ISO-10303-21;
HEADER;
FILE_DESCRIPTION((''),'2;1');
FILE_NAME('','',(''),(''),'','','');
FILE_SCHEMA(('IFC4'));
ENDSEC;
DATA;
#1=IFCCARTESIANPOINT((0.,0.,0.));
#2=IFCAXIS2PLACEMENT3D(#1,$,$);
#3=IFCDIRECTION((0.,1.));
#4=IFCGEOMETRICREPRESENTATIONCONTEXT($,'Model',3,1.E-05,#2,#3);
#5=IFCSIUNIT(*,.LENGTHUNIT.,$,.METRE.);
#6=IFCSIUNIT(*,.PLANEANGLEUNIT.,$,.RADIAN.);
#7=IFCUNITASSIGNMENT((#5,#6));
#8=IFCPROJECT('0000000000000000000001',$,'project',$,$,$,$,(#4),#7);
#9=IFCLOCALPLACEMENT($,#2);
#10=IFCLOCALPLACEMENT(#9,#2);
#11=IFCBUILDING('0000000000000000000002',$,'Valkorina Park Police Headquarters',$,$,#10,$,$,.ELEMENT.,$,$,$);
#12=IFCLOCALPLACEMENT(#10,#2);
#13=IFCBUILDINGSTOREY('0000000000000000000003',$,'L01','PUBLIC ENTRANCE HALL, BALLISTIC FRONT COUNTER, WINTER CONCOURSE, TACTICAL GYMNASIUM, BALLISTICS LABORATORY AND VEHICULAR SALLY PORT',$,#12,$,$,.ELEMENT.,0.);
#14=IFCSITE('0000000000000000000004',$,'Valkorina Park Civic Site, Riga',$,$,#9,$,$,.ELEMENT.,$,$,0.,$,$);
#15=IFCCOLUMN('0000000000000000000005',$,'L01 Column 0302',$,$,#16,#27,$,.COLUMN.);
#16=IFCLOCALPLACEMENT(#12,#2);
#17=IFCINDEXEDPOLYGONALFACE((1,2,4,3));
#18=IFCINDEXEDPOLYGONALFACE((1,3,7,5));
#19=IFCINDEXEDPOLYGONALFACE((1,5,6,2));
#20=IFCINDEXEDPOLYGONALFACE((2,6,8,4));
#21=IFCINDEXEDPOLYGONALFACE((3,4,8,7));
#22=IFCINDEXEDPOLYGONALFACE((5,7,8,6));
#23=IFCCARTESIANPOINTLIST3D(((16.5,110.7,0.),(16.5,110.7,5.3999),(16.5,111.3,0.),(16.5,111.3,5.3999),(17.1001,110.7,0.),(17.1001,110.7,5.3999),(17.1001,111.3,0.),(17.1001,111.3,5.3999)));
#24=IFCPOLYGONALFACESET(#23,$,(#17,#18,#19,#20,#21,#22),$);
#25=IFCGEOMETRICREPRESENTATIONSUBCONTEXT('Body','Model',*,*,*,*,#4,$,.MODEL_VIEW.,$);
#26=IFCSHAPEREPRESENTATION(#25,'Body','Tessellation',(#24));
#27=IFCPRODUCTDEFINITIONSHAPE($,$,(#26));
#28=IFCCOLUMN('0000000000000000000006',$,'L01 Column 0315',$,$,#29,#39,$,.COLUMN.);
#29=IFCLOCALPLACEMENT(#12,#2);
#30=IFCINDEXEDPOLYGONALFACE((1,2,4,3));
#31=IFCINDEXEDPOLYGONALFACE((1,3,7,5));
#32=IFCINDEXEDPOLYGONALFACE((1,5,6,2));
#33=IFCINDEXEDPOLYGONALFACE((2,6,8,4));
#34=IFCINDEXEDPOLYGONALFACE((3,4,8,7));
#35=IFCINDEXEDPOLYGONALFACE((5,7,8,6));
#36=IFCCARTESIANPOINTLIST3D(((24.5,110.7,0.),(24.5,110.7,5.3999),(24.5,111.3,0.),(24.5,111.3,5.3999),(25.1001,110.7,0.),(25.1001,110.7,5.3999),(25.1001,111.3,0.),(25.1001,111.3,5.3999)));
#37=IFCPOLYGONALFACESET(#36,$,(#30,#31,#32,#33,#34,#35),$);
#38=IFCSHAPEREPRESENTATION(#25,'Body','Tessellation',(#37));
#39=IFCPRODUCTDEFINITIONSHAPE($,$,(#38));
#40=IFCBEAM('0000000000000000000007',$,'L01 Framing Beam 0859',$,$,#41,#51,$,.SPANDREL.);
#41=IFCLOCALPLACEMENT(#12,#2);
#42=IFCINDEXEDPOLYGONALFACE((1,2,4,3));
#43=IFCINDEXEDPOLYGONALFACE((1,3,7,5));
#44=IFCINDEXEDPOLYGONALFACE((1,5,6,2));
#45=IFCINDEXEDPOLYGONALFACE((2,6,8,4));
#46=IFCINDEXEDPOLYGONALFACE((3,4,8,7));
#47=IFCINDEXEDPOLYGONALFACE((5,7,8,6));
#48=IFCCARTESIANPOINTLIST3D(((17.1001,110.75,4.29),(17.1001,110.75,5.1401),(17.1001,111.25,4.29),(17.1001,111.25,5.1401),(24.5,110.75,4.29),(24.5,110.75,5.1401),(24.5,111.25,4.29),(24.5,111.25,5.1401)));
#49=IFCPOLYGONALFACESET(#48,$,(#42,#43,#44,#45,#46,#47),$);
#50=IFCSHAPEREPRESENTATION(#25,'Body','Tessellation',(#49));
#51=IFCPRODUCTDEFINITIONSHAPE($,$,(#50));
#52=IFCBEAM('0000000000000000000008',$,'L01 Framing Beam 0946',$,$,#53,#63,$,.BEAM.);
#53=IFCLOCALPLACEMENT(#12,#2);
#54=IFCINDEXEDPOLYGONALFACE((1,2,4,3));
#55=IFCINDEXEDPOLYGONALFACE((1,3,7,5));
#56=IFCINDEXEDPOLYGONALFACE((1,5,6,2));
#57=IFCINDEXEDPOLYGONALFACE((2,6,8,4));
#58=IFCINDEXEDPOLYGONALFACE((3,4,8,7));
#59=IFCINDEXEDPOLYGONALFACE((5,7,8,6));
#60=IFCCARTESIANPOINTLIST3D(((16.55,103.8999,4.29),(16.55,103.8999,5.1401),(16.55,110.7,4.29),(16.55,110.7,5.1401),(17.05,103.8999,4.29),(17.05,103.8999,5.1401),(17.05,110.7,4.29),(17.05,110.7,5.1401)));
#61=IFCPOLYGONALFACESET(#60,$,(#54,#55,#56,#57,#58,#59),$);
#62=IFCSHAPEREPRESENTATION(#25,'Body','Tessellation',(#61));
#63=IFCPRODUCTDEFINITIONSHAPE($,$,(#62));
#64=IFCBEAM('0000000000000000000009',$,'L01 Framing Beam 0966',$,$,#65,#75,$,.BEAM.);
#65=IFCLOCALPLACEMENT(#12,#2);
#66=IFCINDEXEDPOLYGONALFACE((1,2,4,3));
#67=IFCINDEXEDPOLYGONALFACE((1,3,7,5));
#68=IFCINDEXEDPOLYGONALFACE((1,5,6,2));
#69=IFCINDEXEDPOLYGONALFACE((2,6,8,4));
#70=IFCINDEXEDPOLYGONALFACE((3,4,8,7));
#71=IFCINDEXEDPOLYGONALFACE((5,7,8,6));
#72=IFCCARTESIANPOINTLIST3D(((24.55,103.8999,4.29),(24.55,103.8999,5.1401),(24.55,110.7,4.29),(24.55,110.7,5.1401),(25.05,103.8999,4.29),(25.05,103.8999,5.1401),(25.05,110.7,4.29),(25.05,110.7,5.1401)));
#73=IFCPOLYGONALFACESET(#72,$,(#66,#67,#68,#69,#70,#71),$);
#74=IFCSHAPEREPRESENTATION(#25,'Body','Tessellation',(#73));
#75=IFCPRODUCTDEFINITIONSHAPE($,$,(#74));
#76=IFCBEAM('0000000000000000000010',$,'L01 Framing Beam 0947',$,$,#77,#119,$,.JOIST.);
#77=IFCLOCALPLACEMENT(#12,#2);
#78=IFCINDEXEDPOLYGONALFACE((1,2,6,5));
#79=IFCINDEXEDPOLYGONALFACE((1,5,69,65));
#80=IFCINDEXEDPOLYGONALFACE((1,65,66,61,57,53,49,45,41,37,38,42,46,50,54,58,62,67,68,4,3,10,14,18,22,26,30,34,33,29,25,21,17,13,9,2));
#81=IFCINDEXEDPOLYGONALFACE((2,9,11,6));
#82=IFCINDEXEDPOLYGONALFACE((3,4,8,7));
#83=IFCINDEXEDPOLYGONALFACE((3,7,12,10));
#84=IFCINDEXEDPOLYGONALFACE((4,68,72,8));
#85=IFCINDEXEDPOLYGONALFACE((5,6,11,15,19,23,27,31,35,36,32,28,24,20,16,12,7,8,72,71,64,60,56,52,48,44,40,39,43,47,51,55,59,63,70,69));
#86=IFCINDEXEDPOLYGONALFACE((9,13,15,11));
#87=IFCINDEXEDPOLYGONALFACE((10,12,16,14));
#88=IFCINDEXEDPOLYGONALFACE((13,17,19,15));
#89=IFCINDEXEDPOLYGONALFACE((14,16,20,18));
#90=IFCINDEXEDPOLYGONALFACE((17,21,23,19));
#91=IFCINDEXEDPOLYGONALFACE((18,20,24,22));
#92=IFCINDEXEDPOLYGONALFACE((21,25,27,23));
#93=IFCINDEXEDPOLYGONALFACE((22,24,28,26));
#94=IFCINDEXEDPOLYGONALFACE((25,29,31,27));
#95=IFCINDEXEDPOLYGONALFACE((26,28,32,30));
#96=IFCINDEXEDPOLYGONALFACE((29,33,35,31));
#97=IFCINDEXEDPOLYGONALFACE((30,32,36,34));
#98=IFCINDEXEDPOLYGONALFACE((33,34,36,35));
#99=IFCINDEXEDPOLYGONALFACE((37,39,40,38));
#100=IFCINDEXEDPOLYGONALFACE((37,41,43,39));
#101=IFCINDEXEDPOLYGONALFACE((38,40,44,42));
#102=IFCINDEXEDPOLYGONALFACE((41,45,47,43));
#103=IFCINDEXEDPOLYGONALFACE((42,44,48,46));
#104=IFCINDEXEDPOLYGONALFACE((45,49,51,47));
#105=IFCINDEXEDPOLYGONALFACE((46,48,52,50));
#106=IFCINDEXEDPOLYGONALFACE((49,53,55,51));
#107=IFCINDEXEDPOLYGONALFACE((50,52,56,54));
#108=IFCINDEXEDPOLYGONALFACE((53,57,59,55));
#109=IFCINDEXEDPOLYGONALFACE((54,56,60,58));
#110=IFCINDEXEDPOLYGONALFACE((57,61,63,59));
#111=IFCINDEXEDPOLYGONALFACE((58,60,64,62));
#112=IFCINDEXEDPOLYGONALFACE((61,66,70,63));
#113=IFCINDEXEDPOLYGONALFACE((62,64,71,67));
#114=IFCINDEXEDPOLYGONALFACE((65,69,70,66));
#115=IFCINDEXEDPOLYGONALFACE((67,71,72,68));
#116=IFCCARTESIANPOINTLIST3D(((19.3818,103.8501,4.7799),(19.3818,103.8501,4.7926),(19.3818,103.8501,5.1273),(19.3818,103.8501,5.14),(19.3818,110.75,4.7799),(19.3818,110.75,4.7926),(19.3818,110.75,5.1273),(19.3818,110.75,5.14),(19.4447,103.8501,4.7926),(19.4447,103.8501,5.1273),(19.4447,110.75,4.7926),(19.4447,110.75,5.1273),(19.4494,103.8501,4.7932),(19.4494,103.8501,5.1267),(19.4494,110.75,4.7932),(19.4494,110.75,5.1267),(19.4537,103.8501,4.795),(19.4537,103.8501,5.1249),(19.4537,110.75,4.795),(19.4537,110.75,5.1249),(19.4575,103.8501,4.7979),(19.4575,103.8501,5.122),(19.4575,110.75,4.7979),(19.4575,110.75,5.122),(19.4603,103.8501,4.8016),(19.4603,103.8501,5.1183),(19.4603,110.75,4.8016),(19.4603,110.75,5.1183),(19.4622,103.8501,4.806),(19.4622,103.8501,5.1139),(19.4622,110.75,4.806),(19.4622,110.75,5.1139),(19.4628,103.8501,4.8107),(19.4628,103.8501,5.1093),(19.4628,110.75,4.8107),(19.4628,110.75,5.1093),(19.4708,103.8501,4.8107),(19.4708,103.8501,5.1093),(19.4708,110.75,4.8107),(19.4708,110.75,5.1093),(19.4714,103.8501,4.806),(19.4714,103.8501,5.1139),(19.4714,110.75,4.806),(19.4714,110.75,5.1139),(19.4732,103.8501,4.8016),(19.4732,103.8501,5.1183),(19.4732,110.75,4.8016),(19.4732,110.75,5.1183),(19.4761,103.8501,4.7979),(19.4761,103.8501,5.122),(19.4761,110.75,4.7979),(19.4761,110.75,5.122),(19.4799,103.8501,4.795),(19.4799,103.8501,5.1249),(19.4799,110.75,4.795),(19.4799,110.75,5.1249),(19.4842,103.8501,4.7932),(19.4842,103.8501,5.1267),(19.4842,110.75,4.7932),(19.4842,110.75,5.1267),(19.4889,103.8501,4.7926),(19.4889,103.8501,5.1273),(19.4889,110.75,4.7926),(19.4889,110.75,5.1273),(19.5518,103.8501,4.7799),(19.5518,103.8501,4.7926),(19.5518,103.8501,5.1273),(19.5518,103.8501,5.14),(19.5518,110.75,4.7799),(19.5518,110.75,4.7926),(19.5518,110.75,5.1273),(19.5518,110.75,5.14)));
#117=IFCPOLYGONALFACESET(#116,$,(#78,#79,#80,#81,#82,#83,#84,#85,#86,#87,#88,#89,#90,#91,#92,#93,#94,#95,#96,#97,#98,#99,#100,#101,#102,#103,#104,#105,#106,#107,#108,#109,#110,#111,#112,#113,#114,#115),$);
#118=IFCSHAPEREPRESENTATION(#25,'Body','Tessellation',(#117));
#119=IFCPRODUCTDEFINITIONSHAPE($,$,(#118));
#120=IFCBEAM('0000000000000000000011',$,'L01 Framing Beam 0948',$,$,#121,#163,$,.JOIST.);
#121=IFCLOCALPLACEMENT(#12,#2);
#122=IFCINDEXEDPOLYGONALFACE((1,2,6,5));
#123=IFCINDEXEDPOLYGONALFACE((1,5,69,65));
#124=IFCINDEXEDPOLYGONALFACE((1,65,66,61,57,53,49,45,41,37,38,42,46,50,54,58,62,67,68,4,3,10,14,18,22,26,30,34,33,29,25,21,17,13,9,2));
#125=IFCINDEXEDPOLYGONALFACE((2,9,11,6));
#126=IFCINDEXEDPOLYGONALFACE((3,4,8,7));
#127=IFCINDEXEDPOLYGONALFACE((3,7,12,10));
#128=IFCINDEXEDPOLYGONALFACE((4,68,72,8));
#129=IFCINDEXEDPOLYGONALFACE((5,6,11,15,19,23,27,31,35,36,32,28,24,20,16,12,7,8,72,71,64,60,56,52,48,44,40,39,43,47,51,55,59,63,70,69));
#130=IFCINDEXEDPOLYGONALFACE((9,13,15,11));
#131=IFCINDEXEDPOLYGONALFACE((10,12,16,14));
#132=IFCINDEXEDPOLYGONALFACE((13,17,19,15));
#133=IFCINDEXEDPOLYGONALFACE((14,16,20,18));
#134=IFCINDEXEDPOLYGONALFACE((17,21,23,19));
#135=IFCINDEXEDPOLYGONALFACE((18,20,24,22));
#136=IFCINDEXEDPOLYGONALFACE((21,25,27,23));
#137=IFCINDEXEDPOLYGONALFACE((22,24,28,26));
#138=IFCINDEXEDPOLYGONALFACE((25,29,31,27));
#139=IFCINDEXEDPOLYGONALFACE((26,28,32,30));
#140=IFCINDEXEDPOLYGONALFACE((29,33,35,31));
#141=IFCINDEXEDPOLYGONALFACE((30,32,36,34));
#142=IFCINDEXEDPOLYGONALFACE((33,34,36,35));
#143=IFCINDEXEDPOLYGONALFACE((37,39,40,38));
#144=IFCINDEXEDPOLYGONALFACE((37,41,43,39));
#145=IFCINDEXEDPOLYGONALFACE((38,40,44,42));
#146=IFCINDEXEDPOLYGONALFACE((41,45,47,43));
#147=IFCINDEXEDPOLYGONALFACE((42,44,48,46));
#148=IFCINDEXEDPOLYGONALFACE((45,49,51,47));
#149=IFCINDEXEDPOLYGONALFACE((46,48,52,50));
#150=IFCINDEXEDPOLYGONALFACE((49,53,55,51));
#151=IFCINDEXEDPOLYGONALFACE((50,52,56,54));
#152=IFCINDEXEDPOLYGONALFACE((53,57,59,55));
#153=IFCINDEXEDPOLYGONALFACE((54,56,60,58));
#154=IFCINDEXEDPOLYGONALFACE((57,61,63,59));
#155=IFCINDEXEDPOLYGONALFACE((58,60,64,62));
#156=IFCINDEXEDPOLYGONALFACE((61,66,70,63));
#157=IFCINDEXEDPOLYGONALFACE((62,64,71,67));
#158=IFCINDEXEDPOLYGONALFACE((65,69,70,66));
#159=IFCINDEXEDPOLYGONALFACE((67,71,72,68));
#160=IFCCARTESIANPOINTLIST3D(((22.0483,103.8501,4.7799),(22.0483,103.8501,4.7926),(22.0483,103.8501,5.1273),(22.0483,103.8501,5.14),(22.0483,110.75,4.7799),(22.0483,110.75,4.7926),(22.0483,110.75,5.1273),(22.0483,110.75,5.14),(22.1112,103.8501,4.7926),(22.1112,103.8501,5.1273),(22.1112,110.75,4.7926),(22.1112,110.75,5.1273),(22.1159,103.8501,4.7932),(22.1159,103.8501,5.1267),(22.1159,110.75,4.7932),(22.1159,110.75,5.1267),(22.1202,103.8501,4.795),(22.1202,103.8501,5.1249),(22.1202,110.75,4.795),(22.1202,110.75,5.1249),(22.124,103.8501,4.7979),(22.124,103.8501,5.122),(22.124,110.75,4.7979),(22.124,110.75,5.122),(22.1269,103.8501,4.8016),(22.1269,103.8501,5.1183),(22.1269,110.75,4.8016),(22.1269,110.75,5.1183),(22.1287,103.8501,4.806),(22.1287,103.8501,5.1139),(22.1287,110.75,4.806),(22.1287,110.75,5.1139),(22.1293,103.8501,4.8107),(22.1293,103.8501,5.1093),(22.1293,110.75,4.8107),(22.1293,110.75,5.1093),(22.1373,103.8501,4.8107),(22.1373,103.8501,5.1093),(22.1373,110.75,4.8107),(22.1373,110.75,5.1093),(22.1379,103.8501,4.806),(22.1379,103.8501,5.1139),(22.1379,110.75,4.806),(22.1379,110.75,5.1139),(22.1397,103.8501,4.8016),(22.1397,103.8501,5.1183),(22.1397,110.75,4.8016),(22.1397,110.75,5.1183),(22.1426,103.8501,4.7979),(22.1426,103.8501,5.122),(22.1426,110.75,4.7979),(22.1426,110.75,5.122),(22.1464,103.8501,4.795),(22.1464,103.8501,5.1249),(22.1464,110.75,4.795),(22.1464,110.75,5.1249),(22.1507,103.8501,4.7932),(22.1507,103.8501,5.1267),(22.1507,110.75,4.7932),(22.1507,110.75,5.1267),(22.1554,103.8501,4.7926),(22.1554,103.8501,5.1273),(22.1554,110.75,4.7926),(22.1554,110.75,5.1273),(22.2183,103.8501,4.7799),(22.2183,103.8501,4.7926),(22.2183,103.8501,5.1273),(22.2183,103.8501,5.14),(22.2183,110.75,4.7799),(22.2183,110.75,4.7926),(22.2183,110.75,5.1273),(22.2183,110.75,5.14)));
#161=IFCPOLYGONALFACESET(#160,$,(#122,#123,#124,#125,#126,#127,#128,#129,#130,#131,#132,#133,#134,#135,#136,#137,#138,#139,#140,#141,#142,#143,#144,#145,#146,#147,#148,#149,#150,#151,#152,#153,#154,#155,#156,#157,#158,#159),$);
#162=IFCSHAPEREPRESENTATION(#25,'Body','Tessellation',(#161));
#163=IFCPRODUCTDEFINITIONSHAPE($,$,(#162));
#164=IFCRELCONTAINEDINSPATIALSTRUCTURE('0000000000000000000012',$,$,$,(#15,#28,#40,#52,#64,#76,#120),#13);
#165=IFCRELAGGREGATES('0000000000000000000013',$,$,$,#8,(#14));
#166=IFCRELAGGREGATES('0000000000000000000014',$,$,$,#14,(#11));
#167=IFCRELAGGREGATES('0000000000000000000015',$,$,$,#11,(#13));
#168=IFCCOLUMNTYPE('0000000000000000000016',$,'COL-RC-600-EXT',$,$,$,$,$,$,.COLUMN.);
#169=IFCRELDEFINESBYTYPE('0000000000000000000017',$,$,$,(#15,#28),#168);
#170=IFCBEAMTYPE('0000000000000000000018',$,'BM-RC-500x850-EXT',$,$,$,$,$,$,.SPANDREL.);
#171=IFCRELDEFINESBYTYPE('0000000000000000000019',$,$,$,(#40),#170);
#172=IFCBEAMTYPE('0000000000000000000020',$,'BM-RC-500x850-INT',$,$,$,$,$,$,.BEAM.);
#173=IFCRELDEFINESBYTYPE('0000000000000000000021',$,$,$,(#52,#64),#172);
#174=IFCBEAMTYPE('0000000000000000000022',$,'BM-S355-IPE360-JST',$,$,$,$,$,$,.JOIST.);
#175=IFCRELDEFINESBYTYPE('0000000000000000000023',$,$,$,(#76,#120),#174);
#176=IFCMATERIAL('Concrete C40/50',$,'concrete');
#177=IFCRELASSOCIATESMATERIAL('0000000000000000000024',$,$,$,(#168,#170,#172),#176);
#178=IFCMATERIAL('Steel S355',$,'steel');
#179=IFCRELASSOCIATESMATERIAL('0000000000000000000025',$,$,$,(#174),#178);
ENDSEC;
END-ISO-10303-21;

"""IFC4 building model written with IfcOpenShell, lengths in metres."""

from ifc_helpers import new_model, si_unit, direction, frame, origin, origin_2d, place, context, subcontext, project, spatial, rectangle, i_section, extrude, material, material_profile, profile_set, type_object, element, save


model = new_model("IFC4")

# Units and contexts
model_context = context("Model", 3, precision=1e-05, world=origin(), true_north=direction((0.0, 1.0)))
body_context = subcontext(model_context, "Body", "Model", "MODEL_VIEW")
ifc_project = project(units=[si_unit("LENGTHUNIT", "METRE"), si_unit("PLANEANGLEUNIT", "RADIAN")], contexts=[model_context])

# Site, building, storey
site_placement = place(None, origin())
site = spatial("IfcSite", under=ifc_project, at=site_placement, Name="Valkorina Park Civic Site, Riga", CompositionType="ELEMENT", RefElevation=0.0)
building_placement = place(site_placement, origin())
building = spatial("IfcBuilding", under=site, at=building_placement, Name="Valkorina Park Police Headquarters", CompositionType="ELEMENT")
storey_placement = place(building_placement, origin())
storey = spatial("IfcBuildingStorey", under=building, at=storey_placement, Name="L01", Description="PUBLIC ENTRANCE HALL, BALLISTIC FRONT COUNTER, WINTER CONCOURSE, TACTICAL GYMNASIUM, BALLISTICS LABORATORY AND VEHICULAR SALLY PORT", CompositionType="ELEMENT", Elevation=0.0)

# Columns
ifc_material_1 = material(Name="Concrete C40/50", Category="concrete")
ifc_material_profile_1 = material_profile(ifc_material_1, rectangle(XDim=0.6001, YDim=0.6001, at=origin_2d()), Name="RC COL 600x600")
ifc_profile_set_1 = profile_set([ifc_material_profile_1], Name="Concrete C40/50")
column_type = type_object("IfcColumnType", Name="COL-RC-600-EXT", PredefinedType="COLUMN", material=ifc_profile_set_1)
for number, where, z_axis, x_axis, name in (
    (1, (16.8, 111.0, 0.0), (0.0, 0.0, 1.0), (1.0, 0.0, 0.0), "L01 Column 0302"),
    (2, (24.8, 111.0, 0.0), (0.0, 0.0, 1.0), (1.0, 0.0, 0.0), "L01 Column 0315"),
):
    element("IfcColumn", number, at=place(storey_placement, frame(where, z_axis=z_axis, x_axis=x_axis)), inside=storey, type_object=column_type, Name=name, PredefinedType="COLUMN", context=body_context, shape_type="SweptSolid", body=[
        extrude(rectangle(XDim=0.6001, YDim=0.6001, at=origin_2d()), origin(), (0.0, 0.0, 1.0), 5.3999),
    ])

# Beams
ifc_material_profile_2 = material_profile(ifc_material_1, rectangle(XDim=0.5, YDim=0.8501, at=origin_2d()), Name="RC BEAM 500x850")
ifc_profile_set_2 = profile_set([ifc_material_profile_2], Name="Concrete C40/50")
beam_type_1 = type_object("IfcBeamType", Name="BM-RC-500x850-EXT", PredefinedType="SPANDREL", material=ifc_profile_set_2)
beam_placement = place(storey_placement, frame((17.1001, 111.0, 4.7151), z_axis=(1.0, 0.0, 0.0), x_axis=(0.0, 1.0, 0.0)))
element("IfcBeam", 3, at=beam_placement, inside=storey, type_object=beam_type_1, Name="L01 Framing Beam 0859", PredefinedType="SPANDREL", context=body_context, shape_type="SweptSolid", body=[
    extrude(rectangle(XDim=0.5, YDim=0.8501, at=origin_2d()), origin(), (0.0, 0.0, 1.0), 7.3999),
])
ifc_material_profile_3 = material_profile(ifc_material_1, rectangle(XDim=0.5, YDim=0.8501, at=origin_2d()), Name="RC BEAM 500x850")
ifc_profile_set_3 = profile_set([ifc_material_profile_3], Name="Concrete C40/50")
beam_type_2 = type_object("IfcBeamType", Name="BM-RC-500x850-INT", PredefinedType="BEAM", material=ifc_profile_set_3)
for number, where, z_axis, x_axis, name in (
    (4, (16.8, 103.8999, 4.7151), (0.0, 1.0, 0.0), (-1.0, 0.0, 0.0), "L01 Framing Beam 0946"),
    (5, (24.8, 103.8999, 4.7151), (0.0, 1.0, 0.0), (-1.0, 0.0, 0.0), "L01 Framing Beam 0966"),
):
    element("IfcBeam", number, at=place(storey_placement, frame(where, z_axis=z_axis, x_axis=x_axis)), inside=storey, type_object=beam_type_2, Name=name, PredefinedType="BEAM", context=body_context, shape_type="SweptSolid", body=[
        extrude(rectangle(XDim=0.5, YDim=0.8501, at=origin_2d()), origin(), (0.0, 0.0, 1.0), 6.8),
    ])
ifc_material_2 = material(Name="Steel S355", Category="steel")
ifc_material_profile_4 = material_profile(ifc_material_2, i_section(OverallWidth=0.1699, OverallDepth=0.3601, WebThickness=0.0081, FlangeThickness=0.0127, FilletRadius=0.0181, at=origin_2d()), Name="IPE 360")
ifc_profile_set_4 = profile_set([ifc_material_profile_4], Name="Steel S355")
beam_type_3 = type_object("IfcBeamType", Name="BM-S355-IPE360-JST", PredefinedType="JOIST", material=ifc_profile_set_4)
for number, where, z_axis, x_axis, name in (
    (6, (19.4668, 103.8501, 4.96), (0.0, 1.0, 0.0), (-1.0, 0.0, 0.0), "L01 Framing Beam 0947"),
    (7, (22.1333, 103.8501, 4.96), (0.0, 1.0, 0.0), (-1.0, 0.0, 0.0), "L01 Framing Beam 0948"),
):
    element("IfcBeam", number, at=place(storey_placement, frame(where, z_axis=z_axis, x_axis=x_axis)), inside=storey, type_object=beam_type_3, Name=name, PredefinedType="JOIST", context=body_context, shape_type="SweptSolid", body=[
        extrude(i_section(OverallWidth=0.1699, OverallDepth=0.3601, WebThickness=0.0081, FlangeThickness=0.0127, FilletRadius=0.0181, at=origin_2d()), origin(), (0.0, 0.0, 1.0), 6.8999),
    ])

save(model, "model.ifc")
